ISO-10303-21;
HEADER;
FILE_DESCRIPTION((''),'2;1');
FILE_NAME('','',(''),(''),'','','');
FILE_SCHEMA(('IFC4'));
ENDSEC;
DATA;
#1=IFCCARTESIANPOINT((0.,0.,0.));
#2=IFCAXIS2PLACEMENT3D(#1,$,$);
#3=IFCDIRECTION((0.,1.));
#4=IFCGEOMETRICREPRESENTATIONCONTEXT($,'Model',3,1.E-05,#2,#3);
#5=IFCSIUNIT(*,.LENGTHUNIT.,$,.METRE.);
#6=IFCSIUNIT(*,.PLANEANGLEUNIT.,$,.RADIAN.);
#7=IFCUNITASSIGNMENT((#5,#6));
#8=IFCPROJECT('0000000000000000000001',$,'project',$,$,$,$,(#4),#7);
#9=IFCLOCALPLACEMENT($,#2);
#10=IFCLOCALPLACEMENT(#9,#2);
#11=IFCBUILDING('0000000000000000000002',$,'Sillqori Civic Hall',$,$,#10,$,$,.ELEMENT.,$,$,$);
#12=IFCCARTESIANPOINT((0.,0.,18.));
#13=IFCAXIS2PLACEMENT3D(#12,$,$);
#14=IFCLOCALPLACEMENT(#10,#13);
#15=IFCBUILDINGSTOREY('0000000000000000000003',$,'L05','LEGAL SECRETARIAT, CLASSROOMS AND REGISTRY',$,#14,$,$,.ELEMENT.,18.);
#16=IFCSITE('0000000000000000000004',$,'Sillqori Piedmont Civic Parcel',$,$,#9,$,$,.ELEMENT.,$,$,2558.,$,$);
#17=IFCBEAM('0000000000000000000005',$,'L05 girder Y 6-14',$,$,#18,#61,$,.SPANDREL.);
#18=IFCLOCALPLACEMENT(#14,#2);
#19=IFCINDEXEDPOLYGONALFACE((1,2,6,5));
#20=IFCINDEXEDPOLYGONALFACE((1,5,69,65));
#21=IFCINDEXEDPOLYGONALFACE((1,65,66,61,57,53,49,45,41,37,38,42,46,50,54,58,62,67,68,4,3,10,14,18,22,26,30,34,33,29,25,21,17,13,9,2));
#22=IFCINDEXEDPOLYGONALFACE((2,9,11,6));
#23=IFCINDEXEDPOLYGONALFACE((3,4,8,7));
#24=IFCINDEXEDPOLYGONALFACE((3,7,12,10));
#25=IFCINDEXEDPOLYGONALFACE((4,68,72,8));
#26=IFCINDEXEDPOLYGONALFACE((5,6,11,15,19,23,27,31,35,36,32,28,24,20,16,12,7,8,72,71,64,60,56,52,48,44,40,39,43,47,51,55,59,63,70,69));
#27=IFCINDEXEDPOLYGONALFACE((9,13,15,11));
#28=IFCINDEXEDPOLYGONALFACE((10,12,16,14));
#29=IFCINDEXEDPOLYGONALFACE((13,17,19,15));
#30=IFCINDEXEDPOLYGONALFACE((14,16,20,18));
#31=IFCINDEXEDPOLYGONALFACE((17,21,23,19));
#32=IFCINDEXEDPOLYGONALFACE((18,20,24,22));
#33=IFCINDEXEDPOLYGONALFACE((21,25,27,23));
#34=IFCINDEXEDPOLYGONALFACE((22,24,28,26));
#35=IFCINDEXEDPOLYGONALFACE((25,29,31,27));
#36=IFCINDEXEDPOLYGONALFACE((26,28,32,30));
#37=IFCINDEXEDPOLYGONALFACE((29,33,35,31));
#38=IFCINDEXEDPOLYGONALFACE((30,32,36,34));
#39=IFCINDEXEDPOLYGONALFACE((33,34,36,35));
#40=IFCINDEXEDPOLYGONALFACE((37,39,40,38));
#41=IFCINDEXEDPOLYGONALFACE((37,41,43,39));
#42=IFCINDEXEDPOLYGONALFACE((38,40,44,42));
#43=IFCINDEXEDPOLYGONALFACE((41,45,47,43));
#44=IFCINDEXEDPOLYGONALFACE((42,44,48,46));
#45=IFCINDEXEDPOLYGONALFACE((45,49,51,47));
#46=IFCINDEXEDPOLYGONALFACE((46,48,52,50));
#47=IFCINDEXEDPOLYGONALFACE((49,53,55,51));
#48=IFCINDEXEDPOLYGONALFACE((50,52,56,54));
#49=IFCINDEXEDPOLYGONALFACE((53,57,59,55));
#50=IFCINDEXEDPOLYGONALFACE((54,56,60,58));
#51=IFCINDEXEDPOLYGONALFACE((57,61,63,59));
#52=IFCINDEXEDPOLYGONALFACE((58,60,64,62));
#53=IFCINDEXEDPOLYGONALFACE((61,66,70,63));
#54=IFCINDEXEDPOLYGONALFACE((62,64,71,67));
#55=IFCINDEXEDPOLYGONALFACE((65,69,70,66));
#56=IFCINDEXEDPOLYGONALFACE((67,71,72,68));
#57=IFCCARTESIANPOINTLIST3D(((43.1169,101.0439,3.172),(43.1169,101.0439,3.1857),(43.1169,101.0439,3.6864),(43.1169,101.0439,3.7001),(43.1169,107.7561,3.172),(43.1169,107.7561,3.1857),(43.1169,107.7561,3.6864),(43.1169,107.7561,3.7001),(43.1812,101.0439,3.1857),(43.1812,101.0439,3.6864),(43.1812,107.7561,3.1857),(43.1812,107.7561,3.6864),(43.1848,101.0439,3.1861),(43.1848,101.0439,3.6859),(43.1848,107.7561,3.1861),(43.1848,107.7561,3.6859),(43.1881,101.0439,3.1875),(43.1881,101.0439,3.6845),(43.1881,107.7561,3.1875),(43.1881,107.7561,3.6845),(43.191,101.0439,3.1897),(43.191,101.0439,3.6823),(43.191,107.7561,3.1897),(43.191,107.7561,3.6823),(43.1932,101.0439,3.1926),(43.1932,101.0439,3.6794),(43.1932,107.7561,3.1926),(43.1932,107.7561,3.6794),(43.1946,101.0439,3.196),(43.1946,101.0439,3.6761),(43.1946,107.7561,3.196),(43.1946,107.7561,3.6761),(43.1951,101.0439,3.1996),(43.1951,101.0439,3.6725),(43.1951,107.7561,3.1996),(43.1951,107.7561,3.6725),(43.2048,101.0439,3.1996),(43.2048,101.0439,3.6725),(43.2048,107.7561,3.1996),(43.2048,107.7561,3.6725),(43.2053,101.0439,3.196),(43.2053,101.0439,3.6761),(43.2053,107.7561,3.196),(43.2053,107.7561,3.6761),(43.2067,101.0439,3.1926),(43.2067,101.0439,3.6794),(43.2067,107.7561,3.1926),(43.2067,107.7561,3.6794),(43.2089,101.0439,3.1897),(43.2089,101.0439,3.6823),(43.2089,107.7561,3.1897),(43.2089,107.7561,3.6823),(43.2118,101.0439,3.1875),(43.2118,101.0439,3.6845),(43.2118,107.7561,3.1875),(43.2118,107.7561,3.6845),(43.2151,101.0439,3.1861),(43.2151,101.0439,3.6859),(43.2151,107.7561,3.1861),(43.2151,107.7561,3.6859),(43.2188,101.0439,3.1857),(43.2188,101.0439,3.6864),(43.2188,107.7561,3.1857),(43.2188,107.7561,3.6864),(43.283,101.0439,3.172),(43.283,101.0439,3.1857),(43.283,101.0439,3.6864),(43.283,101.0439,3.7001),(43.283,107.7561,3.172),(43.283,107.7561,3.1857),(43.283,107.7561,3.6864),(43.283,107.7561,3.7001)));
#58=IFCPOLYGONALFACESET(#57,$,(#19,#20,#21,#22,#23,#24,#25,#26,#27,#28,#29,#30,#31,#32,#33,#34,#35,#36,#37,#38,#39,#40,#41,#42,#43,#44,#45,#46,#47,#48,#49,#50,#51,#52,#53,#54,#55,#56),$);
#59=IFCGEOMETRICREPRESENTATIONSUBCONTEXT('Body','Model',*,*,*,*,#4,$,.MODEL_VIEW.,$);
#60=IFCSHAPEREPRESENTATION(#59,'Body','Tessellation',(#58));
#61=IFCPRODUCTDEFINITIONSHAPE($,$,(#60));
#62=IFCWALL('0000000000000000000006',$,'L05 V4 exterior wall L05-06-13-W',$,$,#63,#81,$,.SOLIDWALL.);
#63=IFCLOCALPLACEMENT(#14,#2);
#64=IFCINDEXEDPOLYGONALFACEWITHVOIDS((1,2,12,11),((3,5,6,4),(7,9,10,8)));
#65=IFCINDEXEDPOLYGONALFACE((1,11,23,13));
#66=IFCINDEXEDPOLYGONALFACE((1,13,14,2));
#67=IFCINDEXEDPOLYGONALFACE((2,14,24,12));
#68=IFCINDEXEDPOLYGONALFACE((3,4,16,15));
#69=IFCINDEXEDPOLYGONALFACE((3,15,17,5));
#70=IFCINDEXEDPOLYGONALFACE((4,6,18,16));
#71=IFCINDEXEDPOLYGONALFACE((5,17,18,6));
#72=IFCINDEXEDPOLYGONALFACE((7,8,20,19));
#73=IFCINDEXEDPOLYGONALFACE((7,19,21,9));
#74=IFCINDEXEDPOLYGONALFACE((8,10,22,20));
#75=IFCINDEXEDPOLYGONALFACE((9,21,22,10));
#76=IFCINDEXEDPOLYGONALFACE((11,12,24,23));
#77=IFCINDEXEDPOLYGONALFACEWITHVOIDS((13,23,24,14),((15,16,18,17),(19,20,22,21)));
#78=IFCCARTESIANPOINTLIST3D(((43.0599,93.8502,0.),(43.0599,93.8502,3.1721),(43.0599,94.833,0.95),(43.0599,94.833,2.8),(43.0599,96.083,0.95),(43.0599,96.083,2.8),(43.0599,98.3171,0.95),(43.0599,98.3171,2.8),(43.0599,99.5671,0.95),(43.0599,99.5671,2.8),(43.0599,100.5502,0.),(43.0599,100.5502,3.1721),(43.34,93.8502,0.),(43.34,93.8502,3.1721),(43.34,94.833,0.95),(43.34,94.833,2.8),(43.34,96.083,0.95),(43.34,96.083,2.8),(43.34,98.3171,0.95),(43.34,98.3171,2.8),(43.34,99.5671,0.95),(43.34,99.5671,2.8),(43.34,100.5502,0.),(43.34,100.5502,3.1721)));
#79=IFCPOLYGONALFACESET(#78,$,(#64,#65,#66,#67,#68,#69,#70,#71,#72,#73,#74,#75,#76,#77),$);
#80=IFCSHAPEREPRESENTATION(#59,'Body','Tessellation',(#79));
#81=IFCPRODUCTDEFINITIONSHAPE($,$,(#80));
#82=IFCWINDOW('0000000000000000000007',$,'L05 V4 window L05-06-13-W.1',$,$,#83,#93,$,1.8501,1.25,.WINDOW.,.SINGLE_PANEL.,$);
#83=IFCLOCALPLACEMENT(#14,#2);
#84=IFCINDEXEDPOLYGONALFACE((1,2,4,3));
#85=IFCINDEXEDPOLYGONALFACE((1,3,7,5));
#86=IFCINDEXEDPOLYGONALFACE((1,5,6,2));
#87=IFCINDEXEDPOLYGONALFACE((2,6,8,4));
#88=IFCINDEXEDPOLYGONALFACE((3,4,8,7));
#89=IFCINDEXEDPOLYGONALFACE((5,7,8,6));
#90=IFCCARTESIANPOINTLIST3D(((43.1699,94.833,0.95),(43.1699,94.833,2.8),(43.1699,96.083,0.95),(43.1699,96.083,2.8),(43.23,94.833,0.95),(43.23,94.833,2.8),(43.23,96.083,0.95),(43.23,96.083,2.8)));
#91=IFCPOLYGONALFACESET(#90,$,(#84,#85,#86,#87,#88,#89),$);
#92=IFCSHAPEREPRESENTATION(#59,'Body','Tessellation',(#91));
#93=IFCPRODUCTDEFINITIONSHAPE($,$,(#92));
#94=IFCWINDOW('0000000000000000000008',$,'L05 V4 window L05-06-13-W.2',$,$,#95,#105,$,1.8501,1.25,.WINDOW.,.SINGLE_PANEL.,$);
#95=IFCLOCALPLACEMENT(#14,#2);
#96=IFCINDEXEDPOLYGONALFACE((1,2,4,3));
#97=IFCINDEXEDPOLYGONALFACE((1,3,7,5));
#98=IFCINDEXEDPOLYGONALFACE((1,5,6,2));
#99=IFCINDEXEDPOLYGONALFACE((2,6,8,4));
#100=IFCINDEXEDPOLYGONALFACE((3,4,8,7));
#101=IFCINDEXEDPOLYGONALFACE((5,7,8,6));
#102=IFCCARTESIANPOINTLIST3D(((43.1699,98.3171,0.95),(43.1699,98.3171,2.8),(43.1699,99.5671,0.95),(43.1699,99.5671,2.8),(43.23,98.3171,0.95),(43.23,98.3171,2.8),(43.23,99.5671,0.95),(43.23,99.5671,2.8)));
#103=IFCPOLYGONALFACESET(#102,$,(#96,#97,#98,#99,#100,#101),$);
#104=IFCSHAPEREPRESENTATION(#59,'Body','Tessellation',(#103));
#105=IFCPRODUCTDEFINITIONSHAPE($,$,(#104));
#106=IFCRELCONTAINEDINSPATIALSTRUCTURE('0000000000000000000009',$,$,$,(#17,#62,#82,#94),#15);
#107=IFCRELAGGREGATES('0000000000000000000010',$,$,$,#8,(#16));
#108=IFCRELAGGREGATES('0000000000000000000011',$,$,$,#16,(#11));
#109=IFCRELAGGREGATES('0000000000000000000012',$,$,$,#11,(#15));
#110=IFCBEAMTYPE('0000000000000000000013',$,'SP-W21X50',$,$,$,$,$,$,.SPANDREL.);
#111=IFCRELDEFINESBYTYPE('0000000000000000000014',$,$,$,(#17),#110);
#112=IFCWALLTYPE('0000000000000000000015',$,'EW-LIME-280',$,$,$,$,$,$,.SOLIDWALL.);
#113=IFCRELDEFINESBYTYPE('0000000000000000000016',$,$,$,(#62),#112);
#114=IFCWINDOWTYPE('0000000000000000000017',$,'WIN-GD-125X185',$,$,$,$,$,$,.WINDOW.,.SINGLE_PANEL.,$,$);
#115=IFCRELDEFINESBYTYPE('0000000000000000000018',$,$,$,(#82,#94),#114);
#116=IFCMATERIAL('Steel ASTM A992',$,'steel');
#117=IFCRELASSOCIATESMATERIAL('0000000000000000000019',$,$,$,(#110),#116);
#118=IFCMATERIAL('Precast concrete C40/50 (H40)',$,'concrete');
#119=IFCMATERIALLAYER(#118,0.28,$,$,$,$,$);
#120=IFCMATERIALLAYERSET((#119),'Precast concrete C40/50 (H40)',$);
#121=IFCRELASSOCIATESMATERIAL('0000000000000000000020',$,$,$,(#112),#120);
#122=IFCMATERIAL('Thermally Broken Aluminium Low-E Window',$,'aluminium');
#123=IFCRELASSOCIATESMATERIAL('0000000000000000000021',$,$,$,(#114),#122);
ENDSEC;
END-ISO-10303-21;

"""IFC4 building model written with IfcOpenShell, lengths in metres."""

from ifc_helpers import new_model, si_unit, direction, frame, frame_2d, origin, origin_2d, place, context, subcontext, project, spatial, rectangle, i_section, extrude, material, layer, layer_set, material_profile, profile_set, type_object, element, fill, save


model = new_model("IFC4")

# Units and contexts
model_context = context("Model", 3, precision=1e-05, world=origin(), true_north=direction((0.0, 1.0)))
body_context = subcontext(model_context, "Body", "Model", "MODEL_VIEW")
ifc_project = project(units=[si_unit("LENGTHUNIT", "METRE"), si_unit("PLANEANGLEUNIT", "RADIAN")], contexts=[model_context])

# Site, building, storey
site_placement = place(None, origin())
site = spatial("IfcSite", under=ifc_project, at=site_placement, Name="Sillqori Piedmont Civic Parcel", CompositionType="ELEMENT", RefElevation=2558.0)
building_placement = place(site_placement, origin())
building = spatial("IfcBuilding", under=site, at=building_placement, Name="Sillqori Civic Hall", CompositionType="ELEMENT")
storey_placement = place(building_placement, frame((0.0, 0.0, 18.0)))
storey = spatial("IfcBuildingStorey", under=building, at=storey_placement, Name="L05", Description="LEGAL SECRETARIAT, CLASSROOMS AND REGISTRY", CompositionType="ELEMENT", Elevation=18.0)

# Shared definitions
ifc_material_1 = material(Name="Steel ASTM A992", Category="steel")

# Beam
ifc_material_profile_1 = material_profile(ifc_material_1, i_section(OverallWidth=0.166, OverallDepth=0.5281, WebThickness=0.0098, FlangeThickness=0.0137, FilletRadius=0.0139, at=origin_2d()), Name="W21X50")
ifc_profile_set_1 = profile_set([ifc_material_profile_1], Name="Steel ASTM A992")
beam_type_1 = type_object("IfcBeamType", Name="SP-W21X50", PredefinedType="SPANDREL", material=ifc_profile_set_1)
beam_1_placement = place(storey_placement, frame((43.2, 101.0439, 3.436), z_axis=(0.0, 1.0, 0.0), x_axis=(-1.0, 0.0, 0.0)))
element("IfcBeam", 1, at=beam_1_placement, inside=storey, type_object=beam_type_1, Name="L05 girder Y 6-14", PredefinedType="SPANDREL", context=body_context, shape_type="SweptSolid", body=[
    extrude(i_section(OverallWidth=0.166, OverallDepth=0.5281, WebThickness=0.0098, FlangeThickness=0.0137, FilletRadius=0.0139, at=origin_2d()), origin(), (0.0, 0.0, 1.0), 6.7122),
])

# Wall, openings, windows
ifc_material_2 = material(Name="Precast concrete C40/50 (H40)", Category="concrete")
ifc_layer_1 = layer(ifc_material_2, 0.28)
ifc_layer_set_1 = layer_set([ifc_layer_1], Name="Precast concrete C40/50 (H40)")
wall_type_1 = type_object("IfcWallType", Name="EW-LIME-280", PredefinedType="SOLIDWALL", material=ifc_layer_set_1)
wall_1_placement = place(storey_placement, frame((43.2, 93.8501, 0.0), z_axis=(0.0, 0.0, 1.0), x_axis=(0.0, 1.0, 0.0)))
wall_1 = element("IfcWall", 2, at=wall_1_placement, inside=storey, type_object=wall_type_1, Name="L05 V4 exterior wall L05-06-13-W", PredefinedType="SOLIDWALL", context=body_context, shape_type="SweptSolid", body=[
    extrude(rectangle(XDim=6.7, YDim=0.28, at=frame_2d((3.3501, 0.0))), origin(), (0.0, 0.0, 1.0), 3.1721),
])
opening_1_placement = place(wall_1_placement, frame((0.9829, 0.0, 0.95)))
opening_1 = element("IfcOpeningElement", 3, at=opening_1_placement, cuts=wall_1, PredefinedType="OPENING", context=body_context, shape_type="SweptSolid", body=[
    extrude(rectangle(XDim=1.25, YDim=1.8501, at=frame_2d((0.625, 0.925))), frame((0.0, 0.1499, 0.0), z_axis=(0.0, -1.0, 0.0), x_axis=(1.0, 0.0, 0.0)), (0.0, 0.0, 1.0), 0.3),
])
opening_2_placement = place(wall_1_placement, frame((4.467, 0.0, 0.95)))
opening_2 = element("IfcOpeningElement", 4, at=opening_2_placement, cuts=wall_1, PredefinedType="OPENING", context=body_context, shape_type="SweptSolid", body=[
    extrude(rectangle(XDim=1.25, YDim=1.8501, at=frame_2d((0.625, 0.925))), frame((0.0, 0.1499, 0.0), z_axis=(0.0, -1.0, 0.0), x_axis=(1.0, 0.0, 0.0)), (0.0, 0.0, 1.0), 0.3),
])
ifc_material_3 = material(Name="Thermally Broken Aluminium Low-E Window", Category="aluminium")
window_type = type_object("IfcWindowType", Name="WIN-GD-125X185", PartitioningType="SINGLE_PANEL", PredefinedType="WINDOW", material=ifc_material_3)
window_1_placement = place(opening_1_placement, origin())
window_1 = element("IfcWindow", 5, at=window_1_placement, inside=storey, type_object=window_type, Name="L05 V4 window L05-06-13-W.1", OverallHeight=1.8501, OverallWidth=1.25, PartitioningType="SINGLE_PANEL", PredefinedType="WINDOW", context=body_context, shape_type="SweptSolid", body=[
    extrude(rectangle(XDim=1.25, YDim=1.8501, at=frame_2d((0.625, 0.925))), frame((0.0, 0.03, 0.0), z_axis=(0.0, -1.0, 0.0), x_axis=(1.0, 0.0, 0.0)), (0.0, 0.0, 1.0), 0.0601),
])
fill(opening_1, window_1)
window_2_placement = place(opening_2_placement, origin())
window_2 = element("IfcWindow", 6, at=window_2_placement, inside=storey, type_object=window_type, Name="L05 V4 window L05-06-13-W.2", OverallHeight=1.8501, OverallWidth=1.25, PartitioningType="SINGLE_PANEL", PredefinedType="WINDOW", context=body_context, shape_type="SweptSolid", body=[
    extrude(rectangle(XDim=1.25, YDim=1.8501, at=frame_2d((0.625, 0.925))), frame((0.0, 0.03, 0.0), z_axis=(0.0, -1.0, 0.0), x_axis=(1.0, 0.0, 0.0)), (0.0, 0.0, 1.0), 0.0601),
])
fill(opening_2, window_2)

save(model, "model.ifc")
